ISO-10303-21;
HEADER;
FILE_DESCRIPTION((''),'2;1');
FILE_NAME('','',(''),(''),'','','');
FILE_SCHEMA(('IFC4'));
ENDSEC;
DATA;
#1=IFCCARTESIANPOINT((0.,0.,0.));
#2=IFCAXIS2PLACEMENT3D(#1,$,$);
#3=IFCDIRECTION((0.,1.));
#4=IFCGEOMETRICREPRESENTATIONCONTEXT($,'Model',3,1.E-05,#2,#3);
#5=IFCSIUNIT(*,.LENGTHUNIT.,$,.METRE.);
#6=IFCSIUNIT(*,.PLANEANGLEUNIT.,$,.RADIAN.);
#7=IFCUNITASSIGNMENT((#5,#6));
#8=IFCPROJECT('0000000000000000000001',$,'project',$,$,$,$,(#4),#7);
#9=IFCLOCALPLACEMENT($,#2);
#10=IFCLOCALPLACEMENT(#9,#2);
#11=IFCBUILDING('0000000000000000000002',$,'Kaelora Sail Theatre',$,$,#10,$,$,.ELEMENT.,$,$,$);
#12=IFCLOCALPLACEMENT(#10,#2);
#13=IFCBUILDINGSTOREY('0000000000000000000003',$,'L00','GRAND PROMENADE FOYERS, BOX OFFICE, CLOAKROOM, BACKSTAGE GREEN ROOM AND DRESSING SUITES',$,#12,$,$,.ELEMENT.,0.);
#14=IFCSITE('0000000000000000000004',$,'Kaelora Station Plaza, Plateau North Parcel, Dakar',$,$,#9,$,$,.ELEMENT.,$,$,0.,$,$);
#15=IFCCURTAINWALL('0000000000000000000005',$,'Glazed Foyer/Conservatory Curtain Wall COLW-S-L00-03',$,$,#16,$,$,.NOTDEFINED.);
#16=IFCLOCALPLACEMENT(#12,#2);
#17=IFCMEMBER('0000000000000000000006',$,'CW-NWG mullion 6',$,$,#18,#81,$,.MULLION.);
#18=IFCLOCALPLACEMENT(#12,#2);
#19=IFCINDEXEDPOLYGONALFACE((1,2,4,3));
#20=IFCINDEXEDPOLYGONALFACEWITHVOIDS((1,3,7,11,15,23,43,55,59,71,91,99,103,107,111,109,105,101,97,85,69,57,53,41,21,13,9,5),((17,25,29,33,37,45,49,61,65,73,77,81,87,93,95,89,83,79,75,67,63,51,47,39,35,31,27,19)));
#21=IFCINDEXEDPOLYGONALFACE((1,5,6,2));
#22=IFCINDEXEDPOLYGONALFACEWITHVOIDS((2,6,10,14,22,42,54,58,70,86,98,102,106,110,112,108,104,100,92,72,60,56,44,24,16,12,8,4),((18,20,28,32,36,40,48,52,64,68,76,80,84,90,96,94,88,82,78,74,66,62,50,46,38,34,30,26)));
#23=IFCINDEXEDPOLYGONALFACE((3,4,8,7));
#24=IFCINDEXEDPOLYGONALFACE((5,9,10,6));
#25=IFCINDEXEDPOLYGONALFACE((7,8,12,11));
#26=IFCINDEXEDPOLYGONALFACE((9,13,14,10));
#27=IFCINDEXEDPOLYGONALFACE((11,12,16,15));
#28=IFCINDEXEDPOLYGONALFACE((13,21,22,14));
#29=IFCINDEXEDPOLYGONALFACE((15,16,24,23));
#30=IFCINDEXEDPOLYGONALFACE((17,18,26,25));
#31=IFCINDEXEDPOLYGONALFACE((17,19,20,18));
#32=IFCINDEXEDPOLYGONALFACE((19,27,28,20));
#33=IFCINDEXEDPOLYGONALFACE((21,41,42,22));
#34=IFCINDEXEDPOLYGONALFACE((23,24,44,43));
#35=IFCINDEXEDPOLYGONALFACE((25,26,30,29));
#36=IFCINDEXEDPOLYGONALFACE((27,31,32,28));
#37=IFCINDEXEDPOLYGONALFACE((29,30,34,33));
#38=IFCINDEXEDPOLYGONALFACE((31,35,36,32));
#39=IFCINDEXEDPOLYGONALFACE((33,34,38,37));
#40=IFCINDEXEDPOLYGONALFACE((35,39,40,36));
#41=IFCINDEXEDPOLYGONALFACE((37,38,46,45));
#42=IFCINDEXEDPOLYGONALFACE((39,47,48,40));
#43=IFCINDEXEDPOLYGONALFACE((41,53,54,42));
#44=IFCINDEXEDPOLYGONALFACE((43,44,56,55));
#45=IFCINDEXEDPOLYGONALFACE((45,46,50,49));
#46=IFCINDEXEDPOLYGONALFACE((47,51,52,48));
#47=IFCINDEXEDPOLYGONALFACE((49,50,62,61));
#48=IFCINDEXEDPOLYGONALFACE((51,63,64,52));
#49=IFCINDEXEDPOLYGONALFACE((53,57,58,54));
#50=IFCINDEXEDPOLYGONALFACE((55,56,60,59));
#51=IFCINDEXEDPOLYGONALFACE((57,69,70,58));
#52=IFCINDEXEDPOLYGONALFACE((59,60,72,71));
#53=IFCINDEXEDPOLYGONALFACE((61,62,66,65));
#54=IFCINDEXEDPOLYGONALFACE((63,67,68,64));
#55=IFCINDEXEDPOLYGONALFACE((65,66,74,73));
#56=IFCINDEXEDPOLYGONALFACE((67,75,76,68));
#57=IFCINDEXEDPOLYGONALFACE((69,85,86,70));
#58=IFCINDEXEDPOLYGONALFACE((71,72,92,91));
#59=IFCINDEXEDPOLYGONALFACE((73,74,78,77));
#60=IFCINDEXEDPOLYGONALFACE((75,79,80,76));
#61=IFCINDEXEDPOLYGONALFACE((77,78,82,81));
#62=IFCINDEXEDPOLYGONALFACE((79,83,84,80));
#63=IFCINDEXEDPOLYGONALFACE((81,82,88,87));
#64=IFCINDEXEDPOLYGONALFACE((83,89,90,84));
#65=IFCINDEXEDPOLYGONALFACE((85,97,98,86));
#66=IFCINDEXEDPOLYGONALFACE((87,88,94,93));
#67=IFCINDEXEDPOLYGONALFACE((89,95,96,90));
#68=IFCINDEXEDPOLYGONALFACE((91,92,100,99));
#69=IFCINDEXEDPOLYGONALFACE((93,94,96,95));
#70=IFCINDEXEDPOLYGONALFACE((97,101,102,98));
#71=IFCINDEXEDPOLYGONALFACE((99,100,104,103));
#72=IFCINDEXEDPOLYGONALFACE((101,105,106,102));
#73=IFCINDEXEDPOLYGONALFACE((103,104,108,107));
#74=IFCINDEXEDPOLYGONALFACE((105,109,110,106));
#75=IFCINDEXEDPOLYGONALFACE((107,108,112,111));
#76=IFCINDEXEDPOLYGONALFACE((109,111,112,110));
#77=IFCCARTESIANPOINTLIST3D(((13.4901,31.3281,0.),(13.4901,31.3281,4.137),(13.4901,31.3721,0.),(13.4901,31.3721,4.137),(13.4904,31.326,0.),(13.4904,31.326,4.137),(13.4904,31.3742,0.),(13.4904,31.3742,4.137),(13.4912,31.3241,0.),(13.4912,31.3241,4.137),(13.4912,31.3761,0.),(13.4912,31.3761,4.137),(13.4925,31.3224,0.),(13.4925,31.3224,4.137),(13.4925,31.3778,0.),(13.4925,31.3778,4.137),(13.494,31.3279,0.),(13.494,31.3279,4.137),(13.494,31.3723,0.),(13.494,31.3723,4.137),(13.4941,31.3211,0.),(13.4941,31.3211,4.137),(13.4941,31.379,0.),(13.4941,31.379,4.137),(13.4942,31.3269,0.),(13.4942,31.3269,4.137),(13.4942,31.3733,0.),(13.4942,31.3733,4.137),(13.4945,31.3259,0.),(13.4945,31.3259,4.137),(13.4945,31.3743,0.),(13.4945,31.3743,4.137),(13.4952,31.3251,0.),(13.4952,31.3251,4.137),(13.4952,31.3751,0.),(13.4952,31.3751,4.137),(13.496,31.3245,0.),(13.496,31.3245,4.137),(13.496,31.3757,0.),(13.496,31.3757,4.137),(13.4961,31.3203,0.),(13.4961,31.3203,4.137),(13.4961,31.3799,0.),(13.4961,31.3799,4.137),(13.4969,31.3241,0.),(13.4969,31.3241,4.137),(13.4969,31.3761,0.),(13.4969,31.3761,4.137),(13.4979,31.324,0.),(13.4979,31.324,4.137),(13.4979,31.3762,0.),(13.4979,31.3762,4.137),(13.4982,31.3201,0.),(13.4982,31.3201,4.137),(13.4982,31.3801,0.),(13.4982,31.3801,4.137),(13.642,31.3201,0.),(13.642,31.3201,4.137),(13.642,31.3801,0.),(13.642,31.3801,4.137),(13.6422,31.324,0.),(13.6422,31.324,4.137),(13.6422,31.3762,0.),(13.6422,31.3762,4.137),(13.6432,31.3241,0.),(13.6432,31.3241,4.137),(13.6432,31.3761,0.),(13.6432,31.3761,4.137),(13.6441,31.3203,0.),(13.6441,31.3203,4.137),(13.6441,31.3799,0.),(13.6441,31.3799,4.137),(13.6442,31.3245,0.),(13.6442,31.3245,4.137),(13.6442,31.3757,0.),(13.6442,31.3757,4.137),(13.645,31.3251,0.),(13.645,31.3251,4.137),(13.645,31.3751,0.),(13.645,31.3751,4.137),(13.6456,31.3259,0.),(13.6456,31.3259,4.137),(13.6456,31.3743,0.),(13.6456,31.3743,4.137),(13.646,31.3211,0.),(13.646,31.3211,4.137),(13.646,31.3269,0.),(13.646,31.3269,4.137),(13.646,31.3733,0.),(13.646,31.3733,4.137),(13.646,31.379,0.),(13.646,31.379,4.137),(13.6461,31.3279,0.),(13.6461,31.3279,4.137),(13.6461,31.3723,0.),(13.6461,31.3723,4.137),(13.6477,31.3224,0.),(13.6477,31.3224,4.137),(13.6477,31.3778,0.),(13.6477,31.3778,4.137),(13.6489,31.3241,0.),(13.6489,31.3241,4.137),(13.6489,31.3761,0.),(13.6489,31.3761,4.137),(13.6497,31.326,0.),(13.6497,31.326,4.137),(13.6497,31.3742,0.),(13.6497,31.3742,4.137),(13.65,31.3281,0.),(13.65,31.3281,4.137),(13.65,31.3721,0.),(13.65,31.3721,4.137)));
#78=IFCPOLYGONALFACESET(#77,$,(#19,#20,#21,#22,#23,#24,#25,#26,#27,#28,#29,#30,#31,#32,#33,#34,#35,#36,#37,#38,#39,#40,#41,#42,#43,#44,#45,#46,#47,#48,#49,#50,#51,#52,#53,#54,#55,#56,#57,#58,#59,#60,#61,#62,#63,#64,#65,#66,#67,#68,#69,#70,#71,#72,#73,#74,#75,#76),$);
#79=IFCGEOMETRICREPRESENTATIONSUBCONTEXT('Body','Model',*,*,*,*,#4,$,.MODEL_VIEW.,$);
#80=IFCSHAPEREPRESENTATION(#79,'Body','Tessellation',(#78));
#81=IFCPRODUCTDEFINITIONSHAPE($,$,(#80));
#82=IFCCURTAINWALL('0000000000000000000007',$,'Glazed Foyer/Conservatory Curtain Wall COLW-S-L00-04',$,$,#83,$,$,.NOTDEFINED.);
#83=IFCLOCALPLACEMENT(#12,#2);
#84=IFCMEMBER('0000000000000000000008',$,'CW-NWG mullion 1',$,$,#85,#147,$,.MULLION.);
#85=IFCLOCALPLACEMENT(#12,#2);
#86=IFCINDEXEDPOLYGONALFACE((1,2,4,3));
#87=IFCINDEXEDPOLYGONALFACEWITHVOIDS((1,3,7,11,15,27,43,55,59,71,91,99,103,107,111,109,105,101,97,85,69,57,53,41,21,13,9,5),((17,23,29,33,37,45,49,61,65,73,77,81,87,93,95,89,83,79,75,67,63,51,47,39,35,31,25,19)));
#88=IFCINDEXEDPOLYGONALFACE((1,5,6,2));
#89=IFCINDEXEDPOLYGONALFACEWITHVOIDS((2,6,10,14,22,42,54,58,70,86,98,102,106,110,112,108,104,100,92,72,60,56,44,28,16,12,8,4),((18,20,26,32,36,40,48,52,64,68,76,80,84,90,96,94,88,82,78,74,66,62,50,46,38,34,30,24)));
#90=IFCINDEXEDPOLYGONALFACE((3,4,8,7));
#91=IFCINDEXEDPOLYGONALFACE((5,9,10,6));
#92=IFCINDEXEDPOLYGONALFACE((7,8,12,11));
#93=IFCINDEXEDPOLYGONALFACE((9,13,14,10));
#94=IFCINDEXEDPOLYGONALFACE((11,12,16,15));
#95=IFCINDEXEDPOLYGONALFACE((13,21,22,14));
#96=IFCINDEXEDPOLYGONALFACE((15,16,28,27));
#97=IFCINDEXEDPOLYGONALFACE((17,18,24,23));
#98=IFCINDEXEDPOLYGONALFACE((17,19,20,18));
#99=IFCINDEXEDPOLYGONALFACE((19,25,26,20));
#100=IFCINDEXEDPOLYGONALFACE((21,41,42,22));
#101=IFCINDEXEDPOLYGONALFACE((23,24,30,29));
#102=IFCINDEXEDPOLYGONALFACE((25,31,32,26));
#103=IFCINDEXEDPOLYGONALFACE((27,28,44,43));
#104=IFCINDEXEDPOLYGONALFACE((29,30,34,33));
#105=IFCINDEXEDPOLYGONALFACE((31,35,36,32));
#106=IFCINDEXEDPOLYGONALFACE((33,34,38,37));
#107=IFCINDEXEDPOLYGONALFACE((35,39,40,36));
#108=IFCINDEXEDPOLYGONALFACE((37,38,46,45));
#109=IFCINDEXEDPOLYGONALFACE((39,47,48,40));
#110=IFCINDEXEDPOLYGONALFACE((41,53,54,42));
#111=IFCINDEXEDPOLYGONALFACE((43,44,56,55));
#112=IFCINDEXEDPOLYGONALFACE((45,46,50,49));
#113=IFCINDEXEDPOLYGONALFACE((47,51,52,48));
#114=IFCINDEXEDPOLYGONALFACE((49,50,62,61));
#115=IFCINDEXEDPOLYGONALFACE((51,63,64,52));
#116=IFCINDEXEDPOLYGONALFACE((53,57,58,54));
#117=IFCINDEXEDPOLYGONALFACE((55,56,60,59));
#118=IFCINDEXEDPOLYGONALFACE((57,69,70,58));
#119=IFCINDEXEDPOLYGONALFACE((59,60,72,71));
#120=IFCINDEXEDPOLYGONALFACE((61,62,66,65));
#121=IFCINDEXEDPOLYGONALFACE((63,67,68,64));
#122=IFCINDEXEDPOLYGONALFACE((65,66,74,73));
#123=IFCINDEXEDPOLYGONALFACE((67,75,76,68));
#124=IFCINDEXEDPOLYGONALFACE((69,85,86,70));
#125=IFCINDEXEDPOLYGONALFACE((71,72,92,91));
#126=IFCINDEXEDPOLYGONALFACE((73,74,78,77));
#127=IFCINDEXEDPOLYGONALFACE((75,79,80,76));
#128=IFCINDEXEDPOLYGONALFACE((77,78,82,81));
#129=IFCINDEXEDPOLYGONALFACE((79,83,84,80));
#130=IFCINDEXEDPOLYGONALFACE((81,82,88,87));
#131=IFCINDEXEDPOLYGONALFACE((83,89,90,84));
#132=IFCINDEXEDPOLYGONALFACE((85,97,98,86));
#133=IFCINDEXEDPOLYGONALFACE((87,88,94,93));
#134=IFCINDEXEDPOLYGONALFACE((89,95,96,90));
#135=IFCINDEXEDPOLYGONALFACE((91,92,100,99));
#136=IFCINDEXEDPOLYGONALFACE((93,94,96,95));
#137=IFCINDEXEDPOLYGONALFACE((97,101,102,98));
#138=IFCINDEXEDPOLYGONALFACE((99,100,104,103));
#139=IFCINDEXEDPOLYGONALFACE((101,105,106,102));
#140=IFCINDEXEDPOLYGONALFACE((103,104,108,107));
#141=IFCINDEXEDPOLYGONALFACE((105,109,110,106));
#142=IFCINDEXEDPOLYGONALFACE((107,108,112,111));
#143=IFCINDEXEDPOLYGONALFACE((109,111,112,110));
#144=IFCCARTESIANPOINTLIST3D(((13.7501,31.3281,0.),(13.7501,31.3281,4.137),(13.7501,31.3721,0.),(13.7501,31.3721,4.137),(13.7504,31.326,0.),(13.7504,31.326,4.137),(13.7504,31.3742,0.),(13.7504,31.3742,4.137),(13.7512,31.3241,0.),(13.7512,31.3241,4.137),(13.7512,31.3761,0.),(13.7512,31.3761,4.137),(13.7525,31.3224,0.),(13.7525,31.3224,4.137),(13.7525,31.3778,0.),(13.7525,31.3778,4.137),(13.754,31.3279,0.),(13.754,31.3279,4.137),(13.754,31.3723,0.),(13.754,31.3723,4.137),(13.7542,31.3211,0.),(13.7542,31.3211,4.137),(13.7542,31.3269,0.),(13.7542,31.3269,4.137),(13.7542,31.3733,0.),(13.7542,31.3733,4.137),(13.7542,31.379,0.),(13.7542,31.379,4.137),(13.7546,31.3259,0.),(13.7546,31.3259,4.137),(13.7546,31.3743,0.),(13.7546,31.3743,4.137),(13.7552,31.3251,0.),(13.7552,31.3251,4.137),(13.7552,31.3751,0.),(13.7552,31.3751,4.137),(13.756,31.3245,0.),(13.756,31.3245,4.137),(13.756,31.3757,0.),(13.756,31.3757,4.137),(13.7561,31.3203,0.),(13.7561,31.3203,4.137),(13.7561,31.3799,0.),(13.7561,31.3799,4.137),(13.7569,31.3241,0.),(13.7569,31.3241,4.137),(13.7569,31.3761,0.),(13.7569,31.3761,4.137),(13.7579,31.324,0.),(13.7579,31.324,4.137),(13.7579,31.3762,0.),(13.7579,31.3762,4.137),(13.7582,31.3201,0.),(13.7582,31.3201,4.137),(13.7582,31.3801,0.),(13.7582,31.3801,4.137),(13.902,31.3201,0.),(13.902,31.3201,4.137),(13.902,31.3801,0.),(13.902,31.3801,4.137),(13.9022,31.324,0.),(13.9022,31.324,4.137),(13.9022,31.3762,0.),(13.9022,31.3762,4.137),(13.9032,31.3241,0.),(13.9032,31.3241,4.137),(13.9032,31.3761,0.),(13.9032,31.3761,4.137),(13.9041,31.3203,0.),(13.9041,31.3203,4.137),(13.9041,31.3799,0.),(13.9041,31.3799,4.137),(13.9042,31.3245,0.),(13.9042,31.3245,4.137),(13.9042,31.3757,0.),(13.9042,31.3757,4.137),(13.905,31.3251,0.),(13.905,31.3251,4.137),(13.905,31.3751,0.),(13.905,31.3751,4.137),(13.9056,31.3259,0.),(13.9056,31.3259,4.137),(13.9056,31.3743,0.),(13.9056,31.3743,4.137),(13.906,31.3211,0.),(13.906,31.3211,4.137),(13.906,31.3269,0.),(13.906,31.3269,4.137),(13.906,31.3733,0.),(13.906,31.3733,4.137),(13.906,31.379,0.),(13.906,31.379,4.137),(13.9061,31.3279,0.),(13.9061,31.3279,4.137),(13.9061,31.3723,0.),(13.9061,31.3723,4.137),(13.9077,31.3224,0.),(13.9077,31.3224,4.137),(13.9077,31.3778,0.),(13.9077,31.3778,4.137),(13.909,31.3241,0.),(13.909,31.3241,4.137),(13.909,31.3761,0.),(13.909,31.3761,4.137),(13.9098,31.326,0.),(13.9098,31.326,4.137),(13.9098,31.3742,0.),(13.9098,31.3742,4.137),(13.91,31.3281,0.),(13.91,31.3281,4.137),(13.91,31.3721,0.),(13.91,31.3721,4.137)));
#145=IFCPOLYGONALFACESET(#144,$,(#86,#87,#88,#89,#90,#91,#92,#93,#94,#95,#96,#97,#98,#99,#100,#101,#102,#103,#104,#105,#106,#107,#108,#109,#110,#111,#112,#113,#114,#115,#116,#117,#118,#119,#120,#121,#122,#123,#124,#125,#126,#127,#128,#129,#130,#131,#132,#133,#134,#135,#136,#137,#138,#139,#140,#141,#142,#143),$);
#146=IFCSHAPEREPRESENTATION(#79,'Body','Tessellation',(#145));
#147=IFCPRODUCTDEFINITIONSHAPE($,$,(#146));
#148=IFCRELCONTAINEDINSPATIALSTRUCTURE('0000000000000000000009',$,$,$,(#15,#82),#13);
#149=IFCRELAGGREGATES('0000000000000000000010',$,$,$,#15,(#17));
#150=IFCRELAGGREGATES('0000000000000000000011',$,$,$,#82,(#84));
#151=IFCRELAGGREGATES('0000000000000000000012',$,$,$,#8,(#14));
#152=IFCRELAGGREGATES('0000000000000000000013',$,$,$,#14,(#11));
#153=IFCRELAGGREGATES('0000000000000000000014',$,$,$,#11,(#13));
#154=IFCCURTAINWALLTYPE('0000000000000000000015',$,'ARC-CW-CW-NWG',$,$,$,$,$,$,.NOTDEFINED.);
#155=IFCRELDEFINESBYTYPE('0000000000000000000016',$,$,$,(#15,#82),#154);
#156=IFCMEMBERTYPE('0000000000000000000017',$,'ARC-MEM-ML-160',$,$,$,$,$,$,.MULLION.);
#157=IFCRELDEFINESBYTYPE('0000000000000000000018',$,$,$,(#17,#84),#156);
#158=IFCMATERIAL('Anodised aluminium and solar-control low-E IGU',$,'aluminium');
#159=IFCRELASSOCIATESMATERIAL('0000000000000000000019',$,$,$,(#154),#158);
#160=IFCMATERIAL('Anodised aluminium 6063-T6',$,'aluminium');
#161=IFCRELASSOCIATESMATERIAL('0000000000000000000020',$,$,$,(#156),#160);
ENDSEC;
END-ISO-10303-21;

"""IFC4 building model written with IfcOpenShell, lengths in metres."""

from ifc_helpers import new_model, si_unit, direction, frame, origin, origin_2d, place, context, subcontext, project, spatial, hollow_rectangle, extrude, material, material_profile, profile_set, type_object, element, aggregate, save


model = new_model("IFC4")

# Units and contexts
model_context = context("Model", 3, precision=1e-05, world=origin(), true_north=direction((0.0, 1.0)))
body_context = subcontext(model_context, "Body", "Model", "MODEL_VIEW")
ifc_project = project(units=[si_unit("LENGTHUNIT", "METRE"), si_unit("PLANEANGLEUNIT", "RADIAN")], contexts=[model_context])

# Site, building, storey
site_placement = place(None, origin())
site = spatial("IfcSite", under=ifc_project, at=site_placement, Name="Kaelora Station Plaza, Plateau North Parcel, Dakar", CompositionType="ELEMENT", RefElevation=0.0)
building_placement = place(site_placement, origin())
building = spatial("IfcBuilding", under=site, at=building_placement, Name="Kaelora Sail Theatre", CompositionType="ELEMENT")
storey_placement = place(building_placement, origin())
storey = spatial("IfcBuildingStorey", under=building, at=storey_placement, Name="L00", Description="GRAND PROMENADE FOYERS, BOX OFFICE, CLOAKROOM, BACKSTAGE GREEN ROOM AND DRESSING SUITES", CompositionType="ELEMENT", Elevation=0.0)

# Curtain walls, members
ifc_material_1 = material(Name="Anodised aluminium and solar-control low-E IGU", Category="aluminium")
curtain_wall_type = type_object("IfcCurtainWallType", Name="ARC-CW-CW-NWG", PredefinedType="NOTDEFINED", material=ifc_material_1)
curtain_wall_1_placement = place(storey_placement, origin())
curtain_wall_1 = element("IfcCurtainWall", 1, at=curtain_wall_1_placement, inside=storey, type_object=curtain_wall_type, Name="Glazed Foyer/Conservatory Curtain Wall COLW-S-L00-03", PredefinedType="NOTDEFINED")
ifc_material_2 = material(Name="Anodised aluminium 6063-T6", Category="aluminium")
ifc_material_profile_1 = material_profile(ifc_material_2, hollow_rectangle(XDim=0.0601, YDim=0.1599, WallThickness=0.0039, InnerFilletRadius=0.0039, OuterFilletRadius=0.0081, at=origin_2d()), Name="ALU-MULL 60x160x4")
ifc_profile_set_1 = profile_set([ifc_material_profile_1], Name="Anodised aluminium 6063-T6")
member_type_1 = type_object("IfcMemberType", Name="ARC-MEM-ML-160", PredefinedType="MULLION", material=ifc_profile_set_1)
member_1_placement = place(storey_placement, frame((13.5701, 31.3501, 0.0), z_axis=(0.0, 0.0, 1.0), x_axis=(0.0, 1.0, 0.0)))
member_1 = element("IfcMember", 2, at=member_1_placement, type_object=member_type_1, Name="CW-NWG mullion 6", PredefinedType="MULLION", context=body_context, shape_type="SweptSolid", body=[
    extrude(hollow_rectangle(XDim=0.0601, YDim=0.1599, WallThickness=0.0039, InnerFilletRadius=0.0039, OuterFilletRadius=0.0081, at=origin_2d()), origin(), (0.0, 0.0, 1.0), 4.137),
])
curtain_wall_2_placement = place(storey_placement, origin())
curtain_wall_2 = element("IfcCurtainWall", 3, at=curtain_wall_2_placement, inside=storey, type_object=curtain_wall_type, Name="Glazed Foyer/Conservatory Curtain Wall COLW-S-L00-04", PredefinedType="NOTDEFINED")
member_2_placement = place(storey_placement, frame((13.8301, 31.3501, 0.0), z_axis=(0.0, 0.0, 1.0), x_axis=(0.0, 1.0, 0.0)))
member_2 = element("IfcMember", 4, at=member_2_placement, type_object=member_type_1, Name="CW-NWG mullion 1", PredefinedType="MULLION", context=body_context, shape_type="SweptSolid", body=[
    extrude(hollow_rectangle(XDim=0.0601, YDim=0.1599, WallThickness=0.0039, InnerFilletRadius=0.0039, OuterFilletRadius=0.0081, at=origin_2d()), origin(), (0.0, 0.0, 1.0), 4.137),
])

aggregate(curtain_wall_1, [member_1])
aggregate(curtain_wall_2, [member_2])

save(model, "model.ifc")
